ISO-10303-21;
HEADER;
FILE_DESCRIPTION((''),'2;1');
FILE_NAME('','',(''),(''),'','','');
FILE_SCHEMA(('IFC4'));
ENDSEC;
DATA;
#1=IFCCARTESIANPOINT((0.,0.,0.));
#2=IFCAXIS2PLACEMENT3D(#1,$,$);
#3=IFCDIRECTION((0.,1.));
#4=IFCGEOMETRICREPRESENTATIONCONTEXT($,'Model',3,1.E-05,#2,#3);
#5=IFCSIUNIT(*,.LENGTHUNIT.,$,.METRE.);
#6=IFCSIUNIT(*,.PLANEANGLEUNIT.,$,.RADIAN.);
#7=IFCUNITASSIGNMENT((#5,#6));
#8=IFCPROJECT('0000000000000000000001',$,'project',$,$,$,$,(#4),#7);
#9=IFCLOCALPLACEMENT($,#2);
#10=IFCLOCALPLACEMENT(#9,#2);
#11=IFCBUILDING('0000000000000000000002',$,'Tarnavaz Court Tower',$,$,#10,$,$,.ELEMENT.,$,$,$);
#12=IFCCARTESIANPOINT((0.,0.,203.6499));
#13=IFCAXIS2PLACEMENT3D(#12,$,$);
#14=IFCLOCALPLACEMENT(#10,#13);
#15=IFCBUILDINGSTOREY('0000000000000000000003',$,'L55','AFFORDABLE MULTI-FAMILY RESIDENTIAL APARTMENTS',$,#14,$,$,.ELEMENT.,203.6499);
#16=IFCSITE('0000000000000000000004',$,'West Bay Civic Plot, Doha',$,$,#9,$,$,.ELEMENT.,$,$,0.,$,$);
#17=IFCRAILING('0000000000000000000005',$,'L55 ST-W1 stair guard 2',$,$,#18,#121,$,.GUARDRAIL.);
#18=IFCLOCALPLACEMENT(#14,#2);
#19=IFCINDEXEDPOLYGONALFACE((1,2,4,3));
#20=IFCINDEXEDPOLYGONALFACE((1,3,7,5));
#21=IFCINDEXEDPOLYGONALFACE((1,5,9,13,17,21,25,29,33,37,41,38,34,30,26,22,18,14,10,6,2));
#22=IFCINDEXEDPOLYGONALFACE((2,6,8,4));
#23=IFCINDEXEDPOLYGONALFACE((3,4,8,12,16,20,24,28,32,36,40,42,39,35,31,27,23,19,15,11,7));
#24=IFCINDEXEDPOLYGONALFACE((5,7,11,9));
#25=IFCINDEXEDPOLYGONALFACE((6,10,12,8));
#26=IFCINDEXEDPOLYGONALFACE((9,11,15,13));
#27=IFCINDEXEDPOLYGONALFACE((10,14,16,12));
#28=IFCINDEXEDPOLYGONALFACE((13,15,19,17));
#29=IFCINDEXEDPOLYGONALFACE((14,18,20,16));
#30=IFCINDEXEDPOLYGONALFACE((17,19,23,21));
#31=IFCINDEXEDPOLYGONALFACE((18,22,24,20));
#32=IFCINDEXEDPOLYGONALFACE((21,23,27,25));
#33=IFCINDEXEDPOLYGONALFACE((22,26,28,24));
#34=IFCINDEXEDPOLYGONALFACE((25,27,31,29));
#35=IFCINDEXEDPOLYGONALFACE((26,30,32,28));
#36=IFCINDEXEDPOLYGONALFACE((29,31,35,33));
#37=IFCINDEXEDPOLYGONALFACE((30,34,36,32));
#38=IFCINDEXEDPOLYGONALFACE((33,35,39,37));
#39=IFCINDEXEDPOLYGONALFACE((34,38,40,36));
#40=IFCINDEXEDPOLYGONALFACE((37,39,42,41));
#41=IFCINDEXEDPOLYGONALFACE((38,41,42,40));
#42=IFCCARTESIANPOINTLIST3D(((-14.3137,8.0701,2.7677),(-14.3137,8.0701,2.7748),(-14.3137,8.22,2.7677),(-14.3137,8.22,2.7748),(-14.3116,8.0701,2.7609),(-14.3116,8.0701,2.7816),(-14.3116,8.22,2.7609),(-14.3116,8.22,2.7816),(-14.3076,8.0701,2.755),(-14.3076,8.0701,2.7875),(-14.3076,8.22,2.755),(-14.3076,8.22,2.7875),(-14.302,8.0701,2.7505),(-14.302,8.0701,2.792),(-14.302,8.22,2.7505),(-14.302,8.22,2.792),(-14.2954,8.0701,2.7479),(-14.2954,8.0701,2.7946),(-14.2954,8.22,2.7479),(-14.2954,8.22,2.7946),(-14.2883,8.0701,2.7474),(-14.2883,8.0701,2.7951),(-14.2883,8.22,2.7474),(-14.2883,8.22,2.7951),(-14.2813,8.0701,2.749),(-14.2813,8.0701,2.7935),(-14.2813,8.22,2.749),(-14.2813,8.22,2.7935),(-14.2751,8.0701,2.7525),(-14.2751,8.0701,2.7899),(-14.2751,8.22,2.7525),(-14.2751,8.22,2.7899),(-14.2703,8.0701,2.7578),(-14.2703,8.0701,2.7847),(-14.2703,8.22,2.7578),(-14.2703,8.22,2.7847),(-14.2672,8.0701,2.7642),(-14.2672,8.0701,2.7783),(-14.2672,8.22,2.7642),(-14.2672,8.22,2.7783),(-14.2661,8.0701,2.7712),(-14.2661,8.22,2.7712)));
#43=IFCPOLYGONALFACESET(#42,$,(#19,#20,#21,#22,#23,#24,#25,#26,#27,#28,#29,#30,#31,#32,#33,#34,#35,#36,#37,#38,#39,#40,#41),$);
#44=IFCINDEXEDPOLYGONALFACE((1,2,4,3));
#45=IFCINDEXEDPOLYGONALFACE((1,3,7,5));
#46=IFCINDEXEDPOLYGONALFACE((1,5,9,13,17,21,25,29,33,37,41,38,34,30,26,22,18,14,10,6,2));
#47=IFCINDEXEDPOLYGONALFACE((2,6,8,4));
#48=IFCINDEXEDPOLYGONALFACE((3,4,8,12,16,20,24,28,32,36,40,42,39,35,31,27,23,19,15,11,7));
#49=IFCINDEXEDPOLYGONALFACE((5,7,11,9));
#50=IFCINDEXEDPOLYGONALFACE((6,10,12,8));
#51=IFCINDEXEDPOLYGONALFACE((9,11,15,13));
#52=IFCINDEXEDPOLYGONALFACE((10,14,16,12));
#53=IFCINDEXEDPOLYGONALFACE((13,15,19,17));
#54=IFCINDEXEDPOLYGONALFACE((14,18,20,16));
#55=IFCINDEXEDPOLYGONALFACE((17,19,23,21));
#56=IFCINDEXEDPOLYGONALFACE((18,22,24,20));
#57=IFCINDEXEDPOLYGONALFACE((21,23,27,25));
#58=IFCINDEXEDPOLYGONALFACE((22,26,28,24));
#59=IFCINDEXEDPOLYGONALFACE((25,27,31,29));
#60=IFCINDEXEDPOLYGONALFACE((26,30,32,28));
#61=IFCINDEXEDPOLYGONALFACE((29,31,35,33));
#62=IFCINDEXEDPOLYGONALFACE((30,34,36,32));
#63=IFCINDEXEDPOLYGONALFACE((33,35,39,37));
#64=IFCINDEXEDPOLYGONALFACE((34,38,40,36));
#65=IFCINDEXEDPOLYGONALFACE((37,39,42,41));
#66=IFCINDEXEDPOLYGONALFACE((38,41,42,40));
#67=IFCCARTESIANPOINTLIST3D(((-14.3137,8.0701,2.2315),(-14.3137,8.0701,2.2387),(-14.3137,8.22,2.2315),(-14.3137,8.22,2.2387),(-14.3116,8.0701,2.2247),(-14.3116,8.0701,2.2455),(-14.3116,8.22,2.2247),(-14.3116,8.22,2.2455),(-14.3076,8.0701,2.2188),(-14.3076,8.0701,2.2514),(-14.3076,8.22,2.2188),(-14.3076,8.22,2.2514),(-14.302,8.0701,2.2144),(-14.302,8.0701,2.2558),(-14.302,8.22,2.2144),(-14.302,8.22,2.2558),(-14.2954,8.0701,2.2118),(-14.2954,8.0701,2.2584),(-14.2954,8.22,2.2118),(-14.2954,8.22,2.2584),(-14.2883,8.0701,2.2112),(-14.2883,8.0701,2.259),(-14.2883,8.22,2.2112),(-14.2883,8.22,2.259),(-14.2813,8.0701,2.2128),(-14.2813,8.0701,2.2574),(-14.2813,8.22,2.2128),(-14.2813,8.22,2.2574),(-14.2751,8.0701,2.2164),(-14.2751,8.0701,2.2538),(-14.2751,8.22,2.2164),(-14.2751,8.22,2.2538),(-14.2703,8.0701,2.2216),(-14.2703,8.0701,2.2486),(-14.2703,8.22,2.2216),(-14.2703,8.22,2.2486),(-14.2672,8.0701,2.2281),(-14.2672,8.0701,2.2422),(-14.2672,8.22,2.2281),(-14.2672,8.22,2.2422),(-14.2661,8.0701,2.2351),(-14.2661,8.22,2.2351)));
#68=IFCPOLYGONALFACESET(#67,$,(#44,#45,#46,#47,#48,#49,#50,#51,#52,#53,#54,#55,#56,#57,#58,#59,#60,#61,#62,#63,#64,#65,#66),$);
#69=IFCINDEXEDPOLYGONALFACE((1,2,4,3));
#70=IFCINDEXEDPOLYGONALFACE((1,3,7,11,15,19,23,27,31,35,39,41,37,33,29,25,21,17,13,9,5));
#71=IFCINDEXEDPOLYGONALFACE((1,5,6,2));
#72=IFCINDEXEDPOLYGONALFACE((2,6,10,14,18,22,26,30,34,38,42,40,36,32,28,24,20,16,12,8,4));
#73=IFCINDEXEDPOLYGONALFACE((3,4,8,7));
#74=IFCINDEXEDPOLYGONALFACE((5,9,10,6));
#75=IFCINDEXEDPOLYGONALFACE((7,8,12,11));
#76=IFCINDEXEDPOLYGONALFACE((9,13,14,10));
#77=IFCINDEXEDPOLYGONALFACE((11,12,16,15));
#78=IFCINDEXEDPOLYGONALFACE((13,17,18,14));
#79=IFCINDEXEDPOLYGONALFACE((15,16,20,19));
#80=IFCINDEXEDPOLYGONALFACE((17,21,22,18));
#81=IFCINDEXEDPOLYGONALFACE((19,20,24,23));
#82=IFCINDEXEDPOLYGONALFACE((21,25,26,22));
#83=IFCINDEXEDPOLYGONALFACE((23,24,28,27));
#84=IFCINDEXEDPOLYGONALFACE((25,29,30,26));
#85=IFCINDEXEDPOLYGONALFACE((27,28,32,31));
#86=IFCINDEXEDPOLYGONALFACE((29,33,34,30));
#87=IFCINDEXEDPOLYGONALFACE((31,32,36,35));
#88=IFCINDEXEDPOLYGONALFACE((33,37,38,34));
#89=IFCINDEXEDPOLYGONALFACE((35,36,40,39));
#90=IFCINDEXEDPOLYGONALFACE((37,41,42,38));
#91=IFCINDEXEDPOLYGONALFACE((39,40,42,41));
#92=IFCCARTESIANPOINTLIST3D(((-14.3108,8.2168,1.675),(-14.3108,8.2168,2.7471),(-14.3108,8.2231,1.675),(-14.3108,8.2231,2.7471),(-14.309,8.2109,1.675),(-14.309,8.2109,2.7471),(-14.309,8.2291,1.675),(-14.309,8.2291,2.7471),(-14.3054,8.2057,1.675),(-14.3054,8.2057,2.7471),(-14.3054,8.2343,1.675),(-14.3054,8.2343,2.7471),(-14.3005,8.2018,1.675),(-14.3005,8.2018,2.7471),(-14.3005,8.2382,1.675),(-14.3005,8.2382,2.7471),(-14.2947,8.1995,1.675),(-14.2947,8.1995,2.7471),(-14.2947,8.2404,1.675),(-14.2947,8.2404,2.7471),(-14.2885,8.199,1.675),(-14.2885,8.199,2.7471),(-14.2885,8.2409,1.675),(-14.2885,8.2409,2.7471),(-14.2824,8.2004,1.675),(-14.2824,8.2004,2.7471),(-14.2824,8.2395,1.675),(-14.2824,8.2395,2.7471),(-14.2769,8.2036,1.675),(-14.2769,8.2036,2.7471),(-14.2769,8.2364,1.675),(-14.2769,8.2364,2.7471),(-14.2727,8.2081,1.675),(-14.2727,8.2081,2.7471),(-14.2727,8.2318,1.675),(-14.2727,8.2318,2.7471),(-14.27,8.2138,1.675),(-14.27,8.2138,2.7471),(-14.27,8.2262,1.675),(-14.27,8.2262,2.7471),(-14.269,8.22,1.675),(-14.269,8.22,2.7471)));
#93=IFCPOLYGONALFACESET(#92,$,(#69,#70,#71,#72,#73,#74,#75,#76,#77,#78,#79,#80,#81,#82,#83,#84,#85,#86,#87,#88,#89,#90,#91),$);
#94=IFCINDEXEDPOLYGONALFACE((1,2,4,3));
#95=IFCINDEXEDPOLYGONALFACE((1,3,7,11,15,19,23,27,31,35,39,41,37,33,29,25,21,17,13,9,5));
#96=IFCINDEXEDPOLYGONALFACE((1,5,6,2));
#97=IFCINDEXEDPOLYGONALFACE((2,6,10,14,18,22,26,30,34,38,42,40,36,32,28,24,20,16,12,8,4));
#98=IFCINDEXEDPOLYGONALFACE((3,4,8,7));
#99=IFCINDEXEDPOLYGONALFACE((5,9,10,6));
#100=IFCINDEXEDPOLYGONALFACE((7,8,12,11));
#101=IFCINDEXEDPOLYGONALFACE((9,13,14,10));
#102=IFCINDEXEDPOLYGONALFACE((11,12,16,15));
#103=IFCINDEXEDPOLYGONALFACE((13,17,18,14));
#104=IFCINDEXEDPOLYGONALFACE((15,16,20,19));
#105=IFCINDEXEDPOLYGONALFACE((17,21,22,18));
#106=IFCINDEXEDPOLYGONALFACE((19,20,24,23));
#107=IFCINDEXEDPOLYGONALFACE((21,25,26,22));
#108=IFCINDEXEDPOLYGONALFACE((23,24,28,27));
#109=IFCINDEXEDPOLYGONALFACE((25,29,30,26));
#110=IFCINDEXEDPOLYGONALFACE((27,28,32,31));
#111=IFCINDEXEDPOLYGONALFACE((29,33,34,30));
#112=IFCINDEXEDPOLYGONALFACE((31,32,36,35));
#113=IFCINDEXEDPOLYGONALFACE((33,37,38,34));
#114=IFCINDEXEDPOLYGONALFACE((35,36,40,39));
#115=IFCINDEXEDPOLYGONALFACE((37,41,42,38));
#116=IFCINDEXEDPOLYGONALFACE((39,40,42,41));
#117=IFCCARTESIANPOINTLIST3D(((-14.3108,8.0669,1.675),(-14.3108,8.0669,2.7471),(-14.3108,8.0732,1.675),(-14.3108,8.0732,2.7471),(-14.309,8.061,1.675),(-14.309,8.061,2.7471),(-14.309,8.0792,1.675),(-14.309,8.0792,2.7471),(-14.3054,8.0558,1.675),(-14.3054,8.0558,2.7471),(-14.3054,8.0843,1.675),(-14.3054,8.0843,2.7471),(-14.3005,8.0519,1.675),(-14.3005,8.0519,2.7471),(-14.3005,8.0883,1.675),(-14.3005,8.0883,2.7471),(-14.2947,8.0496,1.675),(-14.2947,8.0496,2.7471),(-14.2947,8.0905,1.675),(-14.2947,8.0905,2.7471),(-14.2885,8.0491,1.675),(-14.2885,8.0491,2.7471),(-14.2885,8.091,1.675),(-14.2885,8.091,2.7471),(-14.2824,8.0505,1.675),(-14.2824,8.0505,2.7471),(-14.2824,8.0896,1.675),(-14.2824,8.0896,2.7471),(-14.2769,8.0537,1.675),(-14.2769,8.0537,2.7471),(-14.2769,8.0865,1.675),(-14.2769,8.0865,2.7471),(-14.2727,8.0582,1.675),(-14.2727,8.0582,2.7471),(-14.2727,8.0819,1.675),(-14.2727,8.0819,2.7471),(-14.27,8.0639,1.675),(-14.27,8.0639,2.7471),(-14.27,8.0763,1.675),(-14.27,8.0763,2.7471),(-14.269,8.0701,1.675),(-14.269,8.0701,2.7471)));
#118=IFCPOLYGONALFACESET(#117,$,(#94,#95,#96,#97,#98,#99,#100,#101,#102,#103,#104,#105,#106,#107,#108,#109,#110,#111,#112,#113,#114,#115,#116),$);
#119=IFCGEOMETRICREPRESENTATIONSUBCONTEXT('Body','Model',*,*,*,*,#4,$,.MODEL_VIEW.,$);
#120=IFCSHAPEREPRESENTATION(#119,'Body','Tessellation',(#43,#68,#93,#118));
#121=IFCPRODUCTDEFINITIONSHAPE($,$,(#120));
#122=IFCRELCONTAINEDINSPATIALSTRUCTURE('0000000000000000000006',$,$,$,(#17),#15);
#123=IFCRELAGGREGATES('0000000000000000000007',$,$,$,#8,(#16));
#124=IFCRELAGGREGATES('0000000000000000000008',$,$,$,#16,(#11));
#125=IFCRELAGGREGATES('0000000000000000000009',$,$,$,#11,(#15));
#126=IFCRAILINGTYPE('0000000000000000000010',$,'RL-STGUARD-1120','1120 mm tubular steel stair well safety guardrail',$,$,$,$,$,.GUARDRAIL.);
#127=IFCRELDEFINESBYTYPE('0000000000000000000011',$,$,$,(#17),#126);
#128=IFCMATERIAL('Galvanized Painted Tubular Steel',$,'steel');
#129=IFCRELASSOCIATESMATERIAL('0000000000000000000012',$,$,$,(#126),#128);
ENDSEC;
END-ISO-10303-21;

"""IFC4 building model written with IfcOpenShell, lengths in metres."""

from ifc_helpers import new_model, si_unit, direction, frame, origin, origin_2d, place, context, subcontext, project, spatial, circle, extrude, material, type_object, element, save


model = new_model("IFC4")

# Units and contexts
model_context = context("Model", 3, precision=1e-05, world=origin(), true_north=direction((0.0, 1.0)))
body_context = subcontext(model_context, "Body", "Model", "MODEL_VIEW")
ifc_project = project(units=[si_unit("LENGTHUNIT", "METRE"), si_unit("PLANEANGLEUNIT", "RADIAN")], contexts=[model_context])

# Site, building, storey
site_placement = place(None, origin())
site = spatial("IfcSite", under=ifc_project, at=site_placement, Name="West Bay Civic Plot, Doha", CompositionType="ELEMENT", RefElevation=0.0)
building_placement = place(site_placement, origin())
building = spatial("IfcBuilding", under=site, at=building_placement, Name="Tarnavaz Court Tower", CompositionType="ELEMENT")
storey_placement = place(building_placement, frame((0.0, 0.0, 203.6499)))
storey = spatial("IfcBuildingStorey", under=building, at=storey_placement, Name="L55", Description="AFFORDABLE MULTI-FAMILY RESIDENTIAL APARTMENTS", CompositionType="ELEMENT", Elevation=203.6499)

# Railing
ifc_material_1 = material(Name="Galvanized Painted Tubular Steel", Category="steel")
railing_type_1 = type_object("IfcRailingType", Name="RL-STGUARD-1120", Description="1120 mm tubular steel stair well safety guardrail", PredefinedType="GUARDRAIL", material=ifc_material_1)
railing_1_placement = place(storey_placement, frame((-14.29, 8.22, 1.675)))
element("IfcRailing", 1, at=railing_1_placement, inside=storey, type_object=railing_type_1, Name="L55 ST-W1 stair guard 2", PredefinedType="GUARDRAIL", context=body_context, shape_type="SweptSolid", body=[
    extrude(circle(Radius=0.0239, at=origin_2d()), frame((0.0, 0.0, 1.0962), z_axis=(0.0, -1.0, 0.0), x_axis=(1.0, 0.0, 0.0)), (0.0, 0.0, 1.0), 0.1499),
    extrude(circle(Radius=0.0239, at=origin_2d()), frame((0.0, 0.0, 0.5601), z_axis=(0.0, -1.0, 0.0), x_axis=(1.0, 0.0, 0.0)), (0.0, 0.0, 1.0), 0.1499),
    extrude(circle(Radius=0.021, at=origin_2d()), origin(), (0.0, 0.0, 1.0), 1.072),
    extrude(circle(Radius=0.021, at=origin_2d()), frame((0.0, -0.1499, 0.0)), (0.0, 0.0, 1.0), 1.072),
])

save(model, "model.ifc")
